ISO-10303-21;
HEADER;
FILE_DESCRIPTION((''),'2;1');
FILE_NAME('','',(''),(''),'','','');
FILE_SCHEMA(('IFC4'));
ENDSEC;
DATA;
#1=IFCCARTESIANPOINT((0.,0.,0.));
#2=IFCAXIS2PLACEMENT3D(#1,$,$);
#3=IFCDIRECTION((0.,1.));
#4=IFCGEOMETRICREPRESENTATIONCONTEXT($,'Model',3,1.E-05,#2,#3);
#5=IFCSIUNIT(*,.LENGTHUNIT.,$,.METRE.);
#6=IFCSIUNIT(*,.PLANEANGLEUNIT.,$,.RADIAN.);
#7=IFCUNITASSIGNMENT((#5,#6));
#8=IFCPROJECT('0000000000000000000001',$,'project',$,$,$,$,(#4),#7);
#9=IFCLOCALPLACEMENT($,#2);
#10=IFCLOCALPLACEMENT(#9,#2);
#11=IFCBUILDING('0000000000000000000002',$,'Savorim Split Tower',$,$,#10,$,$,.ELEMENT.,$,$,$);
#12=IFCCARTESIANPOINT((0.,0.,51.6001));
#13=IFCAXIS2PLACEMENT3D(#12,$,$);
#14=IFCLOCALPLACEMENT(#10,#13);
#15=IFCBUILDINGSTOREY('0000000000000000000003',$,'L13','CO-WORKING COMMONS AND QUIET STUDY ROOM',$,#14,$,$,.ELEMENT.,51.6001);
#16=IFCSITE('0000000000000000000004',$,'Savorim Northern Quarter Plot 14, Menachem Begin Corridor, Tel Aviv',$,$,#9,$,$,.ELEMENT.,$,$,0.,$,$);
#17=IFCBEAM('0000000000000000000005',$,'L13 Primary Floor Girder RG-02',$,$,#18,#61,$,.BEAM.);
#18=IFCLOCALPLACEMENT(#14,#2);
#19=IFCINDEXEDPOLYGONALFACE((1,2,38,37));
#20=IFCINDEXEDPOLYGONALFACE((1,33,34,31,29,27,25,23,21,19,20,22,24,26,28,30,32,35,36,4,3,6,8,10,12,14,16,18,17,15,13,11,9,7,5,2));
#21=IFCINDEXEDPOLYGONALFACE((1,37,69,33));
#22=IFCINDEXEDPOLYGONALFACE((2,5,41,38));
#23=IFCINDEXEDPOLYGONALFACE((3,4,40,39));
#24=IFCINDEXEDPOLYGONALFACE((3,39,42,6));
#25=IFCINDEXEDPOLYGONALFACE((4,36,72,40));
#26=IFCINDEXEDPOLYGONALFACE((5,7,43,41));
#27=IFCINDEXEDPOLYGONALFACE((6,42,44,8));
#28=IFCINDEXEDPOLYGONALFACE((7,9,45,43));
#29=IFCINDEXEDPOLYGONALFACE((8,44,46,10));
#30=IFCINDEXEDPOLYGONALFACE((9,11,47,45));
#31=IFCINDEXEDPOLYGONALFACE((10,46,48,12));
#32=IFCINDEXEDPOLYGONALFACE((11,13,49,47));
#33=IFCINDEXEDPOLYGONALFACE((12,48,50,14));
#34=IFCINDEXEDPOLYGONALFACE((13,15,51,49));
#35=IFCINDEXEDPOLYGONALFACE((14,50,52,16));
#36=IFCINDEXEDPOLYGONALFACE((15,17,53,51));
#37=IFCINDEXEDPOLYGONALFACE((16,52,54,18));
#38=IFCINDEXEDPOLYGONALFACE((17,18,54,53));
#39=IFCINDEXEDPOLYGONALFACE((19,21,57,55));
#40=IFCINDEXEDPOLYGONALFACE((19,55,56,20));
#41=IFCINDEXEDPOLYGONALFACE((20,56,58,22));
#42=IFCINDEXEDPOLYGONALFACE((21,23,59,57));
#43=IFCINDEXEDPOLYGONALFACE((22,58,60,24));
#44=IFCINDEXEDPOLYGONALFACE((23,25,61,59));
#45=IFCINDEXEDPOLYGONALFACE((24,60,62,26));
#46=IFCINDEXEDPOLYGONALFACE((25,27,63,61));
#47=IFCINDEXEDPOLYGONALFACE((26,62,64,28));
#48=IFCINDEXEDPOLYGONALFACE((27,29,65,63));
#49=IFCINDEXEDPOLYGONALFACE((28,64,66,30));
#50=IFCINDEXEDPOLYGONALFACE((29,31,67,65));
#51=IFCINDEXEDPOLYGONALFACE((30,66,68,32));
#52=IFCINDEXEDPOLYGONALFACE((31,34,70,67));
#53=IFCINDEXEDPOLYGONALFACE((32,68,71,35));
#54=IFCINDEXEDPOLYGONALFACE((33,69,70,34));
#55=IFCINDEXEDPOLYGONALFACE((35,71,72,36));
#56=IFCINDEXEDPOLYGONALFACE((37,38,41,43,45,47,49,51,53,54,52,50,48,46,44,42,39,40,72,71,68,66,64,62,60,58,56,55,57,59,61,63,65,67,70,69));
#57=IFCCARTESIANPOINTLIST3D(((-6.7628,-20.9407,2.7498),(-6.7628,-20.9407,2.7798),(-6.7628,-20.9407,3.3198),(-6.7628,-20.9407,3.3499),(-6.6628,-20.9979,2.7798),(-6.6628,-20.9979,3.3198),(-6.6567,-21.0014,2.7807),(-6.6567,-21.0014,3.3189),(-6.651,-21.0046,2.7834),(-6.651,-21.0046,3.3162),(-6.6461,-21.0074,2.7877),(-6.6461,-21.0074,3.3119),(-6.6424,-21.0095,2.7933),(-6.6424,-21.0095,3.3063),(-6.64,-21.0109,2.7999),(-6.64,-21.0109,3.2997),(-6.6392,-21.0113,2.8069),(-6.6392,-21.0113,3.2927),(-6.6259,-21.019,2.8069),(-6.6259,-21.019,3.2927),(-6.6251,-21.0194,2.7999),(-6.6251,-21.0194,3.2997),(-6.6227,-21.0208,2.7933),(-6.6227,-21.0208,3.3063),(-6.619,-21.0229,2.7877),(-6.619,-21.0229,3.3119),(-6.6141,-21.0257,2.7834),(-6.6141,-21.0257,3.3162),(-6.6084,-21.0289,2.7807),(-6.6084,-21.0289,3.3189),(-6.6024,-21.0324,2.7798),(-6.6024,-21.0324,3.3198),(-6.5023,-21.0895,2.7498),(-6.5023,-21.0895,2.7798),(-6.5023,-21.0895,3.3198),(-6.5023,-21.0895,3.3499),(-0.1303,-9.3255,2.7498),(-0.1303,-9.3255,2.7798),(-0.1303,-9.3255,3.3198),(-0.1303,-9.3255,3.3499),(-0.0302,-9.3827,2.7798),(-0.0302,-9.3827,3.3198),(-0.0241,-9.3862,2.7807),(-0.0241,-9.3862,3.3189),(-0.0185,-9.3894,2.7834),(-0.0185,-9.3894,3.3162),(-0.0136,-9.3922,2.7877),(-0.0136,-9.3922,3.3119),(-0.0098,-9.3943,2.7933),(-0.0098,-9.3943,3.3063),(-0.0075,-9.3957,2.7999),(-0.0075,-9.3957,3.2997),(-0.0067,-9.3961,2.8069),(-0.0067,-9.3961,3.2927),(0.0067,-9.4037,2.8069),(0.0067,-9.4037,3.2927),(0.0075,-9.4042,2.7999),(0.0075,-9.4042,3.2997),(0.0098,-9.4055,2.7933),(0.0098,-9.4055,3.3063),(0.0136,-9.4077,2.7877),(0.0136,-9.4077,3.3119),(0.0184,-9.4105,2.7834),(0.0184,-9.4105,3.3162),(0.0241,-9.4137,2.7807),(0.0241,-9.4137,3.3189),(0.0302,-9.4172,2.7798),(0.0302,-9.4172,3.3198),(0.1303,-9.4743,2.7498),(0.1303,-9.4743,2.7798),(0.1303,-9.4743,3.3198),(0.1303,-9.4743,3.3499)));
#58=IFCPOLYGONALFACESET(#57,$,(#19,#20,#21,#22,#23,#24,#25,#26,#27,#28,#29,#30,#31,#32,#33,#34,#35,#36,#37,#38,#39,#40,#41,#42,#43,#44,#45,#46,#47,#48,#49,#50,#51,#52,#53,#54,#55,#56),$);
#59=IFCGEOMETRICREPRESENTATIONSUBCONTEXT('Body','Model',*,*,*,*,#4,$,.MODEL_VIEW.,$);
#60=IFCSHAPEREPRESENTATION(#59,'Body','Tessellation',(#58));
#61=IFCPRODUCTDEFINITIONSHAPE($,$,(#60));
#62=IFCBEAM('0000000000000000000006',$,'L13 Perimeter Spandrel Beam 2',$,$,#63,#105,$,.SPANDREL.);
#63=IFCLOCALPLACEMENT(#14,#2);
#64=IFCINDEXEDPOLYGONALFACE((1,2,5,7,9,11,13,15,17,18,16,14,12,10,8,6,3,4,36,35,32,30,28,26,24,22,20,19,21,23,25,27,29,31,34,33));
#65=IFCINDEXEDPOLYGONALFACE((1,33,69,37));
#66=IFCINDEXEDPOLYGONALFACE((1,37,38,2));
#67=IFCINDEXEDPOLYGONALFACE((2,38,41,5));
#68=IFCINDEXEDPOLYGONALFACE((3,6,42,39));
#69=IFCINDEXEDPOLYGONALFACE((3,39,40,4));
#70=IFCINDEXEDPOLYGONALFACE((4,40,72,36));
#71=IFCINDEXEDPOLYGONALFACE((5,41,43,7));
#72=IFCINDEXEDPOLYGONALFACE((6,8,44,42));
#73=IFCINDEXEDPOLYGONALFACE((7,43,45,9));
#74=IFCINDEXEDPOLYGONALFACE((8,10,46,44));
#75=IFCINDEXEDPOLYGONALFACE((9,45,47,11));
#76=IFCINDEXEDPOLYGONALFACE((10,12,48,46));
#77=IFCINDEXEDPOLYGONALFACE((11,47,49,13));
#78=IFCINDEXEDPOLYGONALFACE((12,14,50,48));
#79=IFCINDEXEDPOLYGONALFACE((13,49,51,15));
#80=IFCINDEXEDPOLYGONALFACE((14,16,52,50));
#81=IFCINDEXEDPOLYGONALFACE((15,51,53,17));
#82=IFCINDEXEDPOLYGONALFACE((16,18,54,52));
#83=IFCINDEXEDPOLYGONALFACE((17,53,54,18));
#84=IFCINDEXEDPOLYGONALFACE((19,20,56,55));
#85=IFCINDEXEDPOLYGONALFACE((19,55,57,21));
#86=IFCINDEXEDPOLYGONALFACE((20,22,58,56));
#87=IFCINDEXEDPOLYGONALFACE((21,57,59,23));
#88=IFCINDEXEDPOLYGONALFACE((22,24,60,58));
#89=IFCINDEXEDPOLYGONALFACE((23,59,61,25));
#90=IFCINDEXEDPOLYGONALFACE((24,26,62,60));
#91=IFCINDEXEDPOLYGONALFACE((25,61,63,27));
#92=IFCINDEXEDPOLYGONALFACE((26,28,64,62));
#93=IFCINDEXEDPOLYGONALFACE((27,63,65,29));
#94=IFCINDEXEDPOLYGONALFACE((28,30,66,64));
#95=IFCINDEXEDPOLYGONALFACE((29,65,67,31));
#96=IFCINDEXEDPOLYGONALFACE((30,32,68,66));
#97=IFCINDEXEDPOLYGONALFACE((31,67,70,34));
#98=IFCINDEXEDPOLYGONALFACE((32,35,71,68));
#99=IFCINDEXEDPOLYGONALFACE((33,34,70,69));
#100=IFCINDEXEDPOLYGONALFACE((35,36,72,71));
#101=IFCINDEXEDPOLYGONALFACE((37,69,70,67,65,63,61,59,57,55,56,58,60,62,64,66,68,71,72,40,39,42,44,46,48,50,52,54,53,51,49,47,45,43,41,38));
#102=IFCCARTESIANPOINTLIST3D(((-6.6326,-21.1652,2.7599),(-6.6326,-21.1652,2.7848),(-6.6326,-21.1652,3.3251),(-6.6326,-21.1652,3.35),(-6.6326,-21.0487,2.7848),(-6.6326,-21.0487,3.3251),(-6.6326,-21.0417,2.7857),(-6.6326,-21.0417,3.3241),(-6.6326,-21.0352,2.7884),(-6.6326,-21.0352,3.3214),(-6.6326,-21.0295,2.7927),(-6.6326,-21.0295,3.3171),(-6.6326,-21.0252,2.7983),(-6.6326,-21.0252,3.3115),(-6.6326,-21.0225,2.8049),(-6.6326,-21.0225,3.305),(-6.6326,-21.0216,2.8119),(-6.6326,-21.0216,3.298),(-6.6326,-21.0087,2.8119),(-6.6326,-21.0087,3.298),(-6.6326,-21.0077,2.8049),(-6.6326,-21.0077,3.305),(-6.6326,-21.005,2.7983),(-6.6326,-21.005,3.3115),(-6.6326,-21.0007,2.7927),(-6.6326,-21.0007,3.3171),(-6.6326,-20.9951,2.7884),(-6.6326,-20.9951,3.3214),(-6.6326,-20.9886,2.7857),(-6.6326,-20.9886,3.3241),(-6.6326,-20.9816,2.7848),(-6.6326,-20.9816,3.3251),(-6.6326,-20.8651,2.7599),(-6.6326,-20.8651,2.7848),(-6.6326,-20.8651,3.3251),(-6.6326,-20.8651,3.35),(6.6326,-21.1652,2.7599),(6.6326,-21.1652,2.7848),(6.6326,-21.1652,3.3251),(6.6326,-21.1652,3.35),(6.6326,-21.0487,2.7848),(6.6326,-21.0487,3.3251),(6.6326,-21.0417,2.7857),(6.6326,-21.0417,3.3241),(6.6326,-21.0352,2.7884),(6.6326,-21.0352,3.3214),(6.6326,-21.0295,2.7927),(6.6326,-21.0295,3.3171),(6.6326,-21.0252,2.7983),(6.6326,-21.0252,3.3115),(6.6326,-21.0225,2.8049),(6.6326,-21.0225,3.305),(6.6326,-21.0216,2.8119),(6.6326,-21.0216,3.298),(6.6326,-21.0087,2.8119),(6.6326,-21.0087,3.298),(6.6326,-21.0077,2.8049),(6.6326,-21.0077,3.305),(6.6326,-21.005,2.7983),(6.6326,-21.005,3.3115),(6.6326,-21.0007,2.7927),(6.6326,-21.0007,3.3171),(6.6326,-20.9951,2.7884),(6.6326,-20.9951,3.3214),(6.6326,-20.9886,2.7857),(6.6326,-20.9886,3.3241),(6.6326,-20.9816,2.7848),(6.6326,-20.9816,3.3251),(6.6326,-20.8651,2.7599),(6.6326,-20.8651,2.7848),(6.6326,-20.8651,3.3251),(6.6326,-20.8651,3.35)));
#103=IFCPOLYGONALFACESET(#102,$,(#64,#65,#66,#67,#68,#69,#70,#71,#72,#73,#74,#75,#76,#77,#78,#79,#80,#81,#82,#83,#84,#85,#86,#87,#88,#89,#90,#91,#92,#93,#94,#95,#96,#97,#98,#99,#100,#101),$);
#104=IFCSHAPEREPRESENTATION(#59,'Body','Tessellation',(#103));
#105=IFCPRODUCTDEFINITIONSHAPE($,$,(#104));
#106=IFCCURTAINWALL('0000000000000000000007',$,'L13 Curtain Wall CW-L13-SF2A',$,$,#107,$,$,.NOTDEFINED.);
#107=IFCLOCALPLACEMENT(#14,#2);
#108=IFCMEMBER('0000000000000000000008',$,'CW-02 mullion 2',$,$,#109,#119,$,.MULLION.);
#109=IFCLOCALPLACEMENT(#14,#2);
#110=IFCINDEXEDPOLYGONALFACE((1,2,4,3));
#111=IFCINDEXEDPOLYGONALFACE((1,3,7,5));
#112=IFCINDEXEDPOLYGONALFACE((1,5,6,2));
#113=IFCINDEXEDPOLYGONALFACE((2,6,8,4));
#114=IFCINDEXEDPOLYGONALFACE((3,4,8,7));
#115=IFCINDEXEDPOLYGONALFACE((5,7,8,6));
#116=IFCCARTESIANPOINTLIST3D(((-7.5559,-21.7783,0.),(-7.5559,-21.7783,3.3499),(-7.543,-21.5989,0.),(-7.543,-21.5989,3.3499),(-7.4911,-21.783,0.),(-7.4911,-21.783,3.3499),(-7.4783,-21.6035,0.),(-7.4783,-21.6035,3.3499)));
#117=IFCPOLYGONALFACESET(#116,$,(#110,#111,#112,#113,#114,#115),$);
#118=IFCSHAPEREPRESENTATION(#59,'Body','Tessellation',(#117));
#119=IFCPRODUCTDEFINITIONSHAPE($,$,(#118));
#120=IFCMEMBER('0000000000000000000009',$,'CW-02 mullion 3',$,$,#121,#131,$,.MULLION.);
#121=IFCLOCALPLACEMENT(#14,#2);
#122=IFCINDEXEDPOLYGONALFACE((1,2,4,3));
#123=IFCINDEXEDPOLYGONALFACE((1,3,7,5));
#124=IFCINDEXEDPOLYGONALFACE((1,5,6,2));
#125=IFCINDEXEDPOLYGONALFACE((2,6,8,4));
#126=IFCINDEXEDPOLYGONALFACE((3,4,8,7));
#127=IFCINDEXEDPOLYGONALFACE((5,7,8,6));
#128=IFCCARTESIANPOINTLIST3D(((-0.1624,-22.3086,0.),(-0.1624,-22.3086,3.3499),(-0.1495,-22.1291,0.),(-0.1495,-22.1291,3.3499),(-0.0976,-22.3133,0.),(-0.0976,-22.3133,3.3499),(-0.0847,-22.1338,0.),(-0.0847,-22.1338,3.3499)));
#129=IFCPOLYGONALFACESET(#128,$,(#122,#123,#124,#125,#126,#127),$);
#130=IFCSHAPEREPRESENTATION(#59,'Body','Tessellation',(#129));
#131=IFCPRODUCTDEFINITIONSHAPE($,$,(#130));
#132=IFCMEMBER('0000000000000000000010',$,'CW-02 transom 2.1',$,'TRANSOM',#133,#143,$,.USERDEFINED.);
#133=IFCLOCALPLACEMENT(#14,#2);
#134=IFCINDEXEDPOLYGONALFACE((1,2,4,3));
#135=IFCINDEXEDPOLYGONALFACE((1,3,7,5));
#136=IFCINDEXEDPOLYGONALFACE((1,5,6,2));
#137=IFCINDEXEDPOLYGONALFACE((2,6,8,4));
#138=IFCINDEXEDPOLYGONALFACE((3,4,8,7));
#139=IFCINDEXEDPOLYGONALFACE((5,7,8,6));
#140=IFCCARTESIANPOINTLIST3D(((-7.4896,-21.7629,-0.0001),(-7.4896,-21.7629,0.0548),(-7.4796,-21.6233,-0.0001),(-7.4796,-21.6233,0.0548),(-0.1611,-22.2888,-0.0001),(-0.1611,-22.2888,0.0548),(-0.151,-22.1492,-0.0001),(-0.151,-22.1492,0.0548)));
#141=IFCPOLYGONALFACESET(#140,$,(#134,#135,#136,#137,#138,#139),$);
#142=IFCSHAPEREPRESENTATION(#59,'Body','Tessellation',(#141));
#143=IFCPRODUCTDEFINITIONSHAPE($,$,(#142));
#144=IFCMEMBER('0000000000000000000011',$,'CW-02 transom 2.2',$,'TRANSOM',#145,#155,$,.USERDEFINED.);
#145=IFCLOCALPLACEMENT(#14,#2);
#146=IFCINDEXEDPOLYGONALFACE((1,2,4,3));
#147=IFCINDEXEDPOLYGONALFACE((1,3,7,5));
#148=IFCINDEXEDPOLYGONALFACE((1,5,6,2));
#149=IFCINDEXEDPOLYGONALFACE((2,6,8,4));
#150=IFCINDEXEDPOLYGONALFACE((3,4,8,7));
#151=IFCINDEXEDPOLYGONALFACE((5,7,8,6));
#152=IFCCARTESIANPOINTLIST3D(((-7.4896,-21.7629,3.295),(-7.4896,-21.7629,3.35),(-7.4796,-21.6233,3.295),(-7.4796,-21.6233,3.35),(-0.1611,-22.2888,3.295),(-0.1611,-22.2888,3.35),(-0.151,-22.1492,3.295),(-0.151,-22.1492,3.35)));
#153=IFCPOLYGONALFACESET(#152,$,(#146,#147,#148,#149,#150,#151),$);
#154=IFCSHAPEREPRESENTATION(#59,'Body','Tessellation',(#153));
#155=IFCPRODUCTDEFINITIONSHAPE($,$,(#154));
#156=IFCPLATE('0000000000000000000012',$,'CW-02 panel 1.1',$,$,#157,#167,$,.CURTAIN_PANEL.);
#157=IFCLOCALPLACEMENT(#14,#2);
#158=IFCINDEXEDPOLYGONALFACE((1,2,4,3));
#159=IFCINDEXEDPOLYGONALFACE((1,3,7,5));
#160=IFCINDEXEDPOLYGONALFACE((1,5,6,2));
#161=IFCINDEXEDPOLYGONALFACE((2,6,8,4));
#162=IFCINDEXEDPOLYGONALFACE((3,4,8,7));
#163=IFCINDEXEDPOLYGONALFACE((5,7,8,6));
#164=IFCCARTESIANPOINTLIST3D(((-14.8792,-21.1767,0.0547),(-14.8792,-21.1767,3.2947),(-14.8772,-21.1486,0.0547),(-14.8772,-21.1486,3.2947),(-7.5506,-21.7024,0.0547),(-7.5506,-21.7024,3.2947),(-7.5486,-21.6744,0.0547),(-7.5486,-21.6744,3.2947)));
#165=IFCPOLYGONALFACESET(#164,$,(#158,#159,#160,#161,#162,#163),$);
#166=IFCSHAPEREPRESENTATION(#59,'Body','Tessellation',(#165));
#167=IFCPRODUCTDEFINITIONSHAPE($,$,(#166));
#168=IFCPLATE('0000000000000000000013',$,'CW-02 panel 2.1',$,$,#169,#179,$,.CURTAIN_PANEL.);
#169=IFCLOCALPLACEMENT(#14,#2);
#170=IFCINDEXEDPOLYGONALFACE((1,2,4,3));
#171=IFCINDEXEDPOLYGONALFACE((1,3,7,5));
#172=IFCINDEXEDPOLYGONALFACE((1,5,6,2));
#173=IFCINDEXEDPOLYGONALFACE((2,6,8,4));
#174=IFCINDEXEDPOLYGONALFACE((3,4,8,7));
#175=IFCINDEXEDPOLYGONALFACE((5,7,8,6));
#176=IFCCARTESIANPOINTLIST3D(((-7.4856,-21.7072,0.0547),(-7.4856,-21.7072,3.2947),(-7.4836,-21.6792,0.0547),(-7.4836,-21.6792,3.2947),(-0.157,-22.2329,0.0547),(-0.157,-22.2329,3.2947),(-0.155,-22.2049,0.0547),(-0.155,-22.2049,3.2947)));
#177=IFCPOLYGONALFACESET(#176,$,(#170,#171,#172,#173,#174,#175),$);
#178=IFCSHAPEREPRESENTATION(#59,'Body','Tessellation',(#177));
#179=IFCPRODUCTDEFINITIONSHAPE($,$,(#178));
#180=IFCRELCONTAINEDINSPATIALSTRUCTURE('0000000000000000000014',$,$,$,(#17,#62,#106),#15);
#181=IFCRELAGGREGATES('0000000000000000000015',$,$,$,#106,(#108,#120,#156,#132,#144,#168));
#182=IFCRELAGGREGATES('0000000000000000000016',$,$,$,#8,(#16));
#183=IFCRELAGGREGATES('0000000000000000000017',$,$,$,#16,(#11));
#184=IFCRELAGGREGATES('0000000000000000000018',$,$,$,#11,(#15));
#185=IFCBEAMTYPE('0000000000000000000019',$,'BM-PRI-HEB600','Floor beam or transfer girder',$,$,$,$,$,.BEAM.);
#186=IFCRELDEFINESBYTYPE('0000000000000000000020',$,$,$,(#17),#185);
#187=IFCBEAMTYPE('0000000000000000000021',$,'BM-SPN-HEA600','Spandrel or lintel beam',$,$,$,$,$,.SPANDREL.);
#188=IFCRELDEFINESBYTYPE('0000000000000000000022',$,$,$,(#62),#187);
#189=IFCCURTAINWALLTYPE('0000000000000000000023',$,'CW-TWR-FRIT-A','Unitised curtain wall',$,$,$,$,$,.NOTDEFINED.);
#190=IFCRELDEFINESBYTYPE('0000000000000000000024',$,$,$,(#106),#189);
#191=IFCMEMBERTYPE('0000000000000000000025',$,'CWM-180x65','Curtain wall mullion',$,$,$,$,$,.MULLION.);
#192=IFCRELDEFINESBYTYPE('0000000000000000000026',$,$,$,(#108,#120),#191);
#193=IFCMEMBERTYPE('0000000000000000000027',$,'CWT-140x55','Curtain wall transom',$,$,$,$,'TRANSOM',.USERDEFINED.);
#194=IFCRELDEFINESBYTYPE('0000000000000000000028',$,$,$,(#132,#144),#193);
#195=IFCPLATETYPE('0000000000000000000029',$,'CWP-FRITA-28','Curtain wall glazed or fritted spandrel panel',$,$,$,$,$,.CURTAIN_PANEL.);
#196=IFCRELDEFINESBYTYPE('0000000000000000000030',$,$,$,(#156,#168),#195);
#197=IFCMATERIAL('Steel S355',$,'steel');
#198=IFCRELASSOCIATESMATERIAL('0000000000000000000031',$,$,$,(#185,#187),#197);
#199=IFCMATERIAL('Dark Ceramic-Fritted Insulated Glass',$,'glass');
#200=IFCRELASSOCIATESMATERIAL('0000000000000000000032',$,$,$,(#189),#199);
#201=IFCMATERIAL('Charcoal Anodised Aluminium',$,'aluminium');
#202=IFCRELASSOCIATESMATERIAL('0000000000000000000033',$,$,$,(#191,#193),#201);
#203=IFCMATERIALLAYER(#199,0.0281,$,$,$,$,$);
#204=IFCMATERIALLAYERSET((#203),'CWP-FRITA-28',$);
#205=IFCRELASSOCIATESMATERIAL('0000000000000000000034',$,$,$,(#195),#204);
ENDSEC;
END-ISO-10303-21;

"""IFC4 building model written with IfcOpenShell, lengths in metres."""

from ifc_helpers import new_model, si_unit, direction, frame, origin, origin_2d, place, context, subcontext, project, spatial, rectangle, i_section, extrude, material, layer, layer_set, material_profile, profile_set, type_object, element, aggregate, save


model = new_model("IFC4")

# Units and contexts
model_context = context("Model", 3, precision=1e-05, world=origin(), true_north=direction((0.0, 1.0)))
body_context = subcontext(model_context, "Body", "Model", "MODEL_VIEW")
ifc_project = project(units=[si_unit("LENGTHUNIT", "METRE"), si_unit("PLANEANGLEUNIT", "RADIAN")], contexts=[model_context])

# Site, building, storey
site_placement = place(None, origin())
site = spatial("IfcSite", under=ifc_project, at=site_placement, Name="Savorim Northern Quarter Plot 14, Menachem Begin Corridor, Tel Aviv", CompositionType="ELEMENT", RefElevation=0.0)
building_placement = place(site_placement, origin())
building = spatial("IfcBuilding", under=site, at=building_placement, Name="Savorim Split Tower", CompositionType="ELEMENT")
storey_placement = place(building_placement, frame((0.0, 0.0, 51.6001)))
storey = spatial("IfcBuildingStorey", under=building, at=storey_placement, Name="L13", Description="CO-WORKING COMMONS AND QUIET STUDY ROOM", CompositionType="ELEMENT", Elevation=51.6001)

# Beams
ifc_material_1 = material(Name="Steel S355", Category="steel")
ifc_material_profile_1 = material_profile(ifc_material_1, i_section(OverallWidth=0.3, OverallDepth=0.6001, WebThickness=0.0154, FlangeThickness=0.03, FilletRadius=0.0271, at=origin_2d()), Name="HEB 600")
ifc_profile_set_1 = profile_set([ifc_material_profile_1], Name="Steel S355")
beam_type_1 = type_object("IfcBeamType", Name="BM-PRI-HEB600", Description="Floor beam or transfer girder", PredefinedType="BEAM", material=ifc_profile_set_1)
beam_1_placement = place(storey_placement, frame((-6.6326, -21.0151, 3.0498), z_axis=(0.495874, 0.868395, 0.0), x_axis=(-0.868395, 0.495874, 0.0)))
element("IfcBeam", 1, at=beam_1_placement, inside=storey, type_object=beam_type_1, Name="L13 Primary Floor Girder RG-02", PredefinedType="BEAM", context=body_context, shape_type="SweptSolid", body=[
    extrude(i_section(OverallWidth=0.3, OverallDepth=0.6001, WebThickness=0.0154, FlangeThickness=0.03, FilletRadius=0.0271, at=origin_2d()), origin(), (0.0, 0.0, 1.0), 13.3755),
])
ifc_material_profile_2 = material_profile(ifc_material_1, i_section(OverallWidth=0.3, OverallDepth=0.5901, WebThickness=0.0129, FlangeThickness=0.0249, FilletRadius=0.0271, at=origin_2d()), Name="HEA 600")
ifc_profile_set_2 = profile_set([ifc_material_profile_2], Name="Steel S355")
beam_type_2 = type_object("IfcBeamType", Name="BM-SPN-HEA600", Description="Spandrel or lintel beam", PredefinedType="SPANDREL", material=ifc_profile_set_2)
beam_2_placement = place(storey_placement, frame((-6.6326, -21.0151, 3.0549), z_axis=(1.0, 0.0, 0.0), x_axis=(0.0, 1.0, 0.0)))
element("IfcBeam", 2, at=beam_2_placement, inside=storey, type_object=beam_type_2, Name="L13 Perimeter Spandrel Beam 2", PredefinedType="SPANDREL", context=body_context, shape_type="SweptSolid", body=[
    extrude(i_section(OverallWidth=0.3, OverallDepth=0.5901, WebThickness=0.0129, FlangeThickness=0.0249, FilletRadius=0.0271, at=origin_2d()), origin(), (0.0, 0.0, 1.0), 13.2651),
])

# Curtain wall, members, plates
ifc_material_2 = material(Name="Dark Ceramic-Fritted Insulated Glass", Category="glass")
curtain_wall_type = type_object("IfcCurtainWallType", Name="CW-TWR-FRIT-A", Description="Unitised curtain wall", PredefinedType="NOTDEFINED", material=ifc_material_2)
curtain_wall_placement = place(storey_placement, origin())
curtain_wall = element("IfcCurtainWall", 3, at=curtain_wall_placement, inside=storey, type_object=curtain_wall_type, Name="L13 Curtain Wall CW-L13-SF2A", PredefinedType="NOTDEFINED")
ifc_material_3 = material(Name="Charcoal Anodised Aluminium", Category="aluminium")
ifc_material_profile_3 = material_profile(ifc_material_3, rectangle(XDim=0.1799, YDim=0.0649, at=origin_2d()), Name="ALU-M 180x65")
ifc_profile_set_3 = profile_set([ifc_material_profile_3], Name="Charcoal Anodised Aluminium")
member_type_1 = type_object("IfcMemberType", Name="CWM-180x65", Description="Curtain wall mullion", PredefinedType="MULLION", material=ifc_profile_set_3)
member_1_placement = place(storey_placement, frame((-7.5171, -21.6909, 0.0), z_axis=(0.0, 0.0, 1.0), x_axis=(0.071559, 0.997436, 0.0)))
member_1 = element("IfcMember", 4, at=member_1_placement, type_object=member_type_1, Name="CW-02 mullion 2", PredefinedType="MULLION", context=body_context, shape_type="SweptSolid", body=[
    extrude(rectangle(XDim=0.1799, YDim=0.0649, at=origin_2d()), origin(), (0.0, 0.0, 1.0), 3.3499),
])
member_2_placement = place(storey_placement, frame((-0.1235, -22.2212, 0.0), z_axis=(0.0, 0.0, 1.0), x_axis=(0.071559, 0.997436, 0.0)))
member_2 = element("IfcMember", 5, at=member_2_placement, type_object=member_type_1, Name="CW-02 mullion 3", PredefinedType="MULLION", context=body_context, shape_type="SweptSolid", body=[
    extrude(rectangle(XDim=0.1799, YDim=0.0649, at=origin_2d()), origin(), (0.0, 0.0, 1.0), 3.3499),
])
ifc_material_profile_4 = material_profile(ifc_material_3, rectangle(XDim=0.1399, YDim=0.0549, at=origin_2d()), Name="ALU-T 140x55")
ifc_profile_set_4 = profile_set([ifc_material_profile_4], Name="Charcoal Anodised Aluminium")
member_type_2 = type_object("IfcMemberType", Name="CWT-140x55", Description="Curtain wall transom", ElementType="TRANSOM", PredefinedType="USERDEFINED", material=ifc_profile_set_4)
member_3_placement = place(storey_placement, frame((-7.4846, -21.6931, 0.0273), z_axis=(0.997435, -0.071573, 0.0), x_axis=(0.071573, 0.997435, 0.0)))
member_3 = element("IfcMember", 6, at=member_3_placement, type_object=member_type_2, Name="CW-02 transom 2.1", ObjectType="TRANSOM", PredefinedType="USERDEFINED", context=body_context, shape_type="SweptSolid", body=[
    extrude(rectangle(XDim=0.1399, YDim=0.0549, at=origin_2d()), origin(), (0.0, 0.0, 1.0), 7.3474),
])
member_4_placement = place(storey_placement, frame((-7.4846, -21.6931, 3.3225), z_axis=(0.997435, -0.071573, 0.0), x_axis=(0.071573, 0.997435, 0.0)))
member_4 = element("IfcMember", 7, at=member_4_placement, type_object=member_type_2, Name="CW-02 transom 2.2", ObjectType="TRANSOM", PredefinedType="USERDEFINED", context=body_context, shape_type="SweptSolid", body=[
    extrude(rectangle(XDim=0.1399, YDim=0.0549, at=origin_2d()), origin(), (0.0, 0.0, 1.0), 7.3474),
])
ifc_layer_1 = layer(ifc_material_2, 0.0281)
ifc_layer_set_1 = layer_set([ifc_layer_1], Name="CWP-FRITA-28")
plate_type = type_object("IfcPlateType", Name="CWP-FRITA-28", Description="Curtain wall glazed or fritted spandrel panel", PredefinedType="CURTAIN_PANEL", material=ifc_layer_set_1)
plate_1_placement = place(storey_placement, frame((-11.2139, -21.4255, 0.0547), z_axis=(0.0, 0.0, 1.0), x_axis=(0.997436, -0.071559, 0.0)))
plate_1 = element("IfcPlate", 8, at=plate_1_placement, type_object=plate_type, Name="CW-02 panel 1.1", PredefinedType="CURTAIN_PANEL", context=body_context, shape_type="SweptSolid", body=[
    extrude(rectangle(XDim=7.3474, YDim=0.0281, at=origin_2d()), origin(), (0.0, 0.0, 1.0), 3.24),
])
plate_2_placement = place(storey_placement, frame((-3.8203, -21.9561, 0.0547), z_axis=(0.0, 0.0, 1.0), x_axis=(0.997436, -0.071559, 0.0)))
plate_2 = element("IfcPlate", 9, at=plate_2_placement, type_object=plate_type, Name="CW-02 panel 2.1", PredefinedType="CURTAIN_PANEL", context=body_context, shape_type="SweptSolid", body=[
    extrude(rectangle(XDim=7.3474, YDim=0.0281, at=origin_2d()), origin(), (0.0, 0.0, 1.0), 3.24),
])
aggregate(curtain_wall, [member_1, member_2, plate_1, member_3, member_4, plate_2])

save(model, "model.ifc")
